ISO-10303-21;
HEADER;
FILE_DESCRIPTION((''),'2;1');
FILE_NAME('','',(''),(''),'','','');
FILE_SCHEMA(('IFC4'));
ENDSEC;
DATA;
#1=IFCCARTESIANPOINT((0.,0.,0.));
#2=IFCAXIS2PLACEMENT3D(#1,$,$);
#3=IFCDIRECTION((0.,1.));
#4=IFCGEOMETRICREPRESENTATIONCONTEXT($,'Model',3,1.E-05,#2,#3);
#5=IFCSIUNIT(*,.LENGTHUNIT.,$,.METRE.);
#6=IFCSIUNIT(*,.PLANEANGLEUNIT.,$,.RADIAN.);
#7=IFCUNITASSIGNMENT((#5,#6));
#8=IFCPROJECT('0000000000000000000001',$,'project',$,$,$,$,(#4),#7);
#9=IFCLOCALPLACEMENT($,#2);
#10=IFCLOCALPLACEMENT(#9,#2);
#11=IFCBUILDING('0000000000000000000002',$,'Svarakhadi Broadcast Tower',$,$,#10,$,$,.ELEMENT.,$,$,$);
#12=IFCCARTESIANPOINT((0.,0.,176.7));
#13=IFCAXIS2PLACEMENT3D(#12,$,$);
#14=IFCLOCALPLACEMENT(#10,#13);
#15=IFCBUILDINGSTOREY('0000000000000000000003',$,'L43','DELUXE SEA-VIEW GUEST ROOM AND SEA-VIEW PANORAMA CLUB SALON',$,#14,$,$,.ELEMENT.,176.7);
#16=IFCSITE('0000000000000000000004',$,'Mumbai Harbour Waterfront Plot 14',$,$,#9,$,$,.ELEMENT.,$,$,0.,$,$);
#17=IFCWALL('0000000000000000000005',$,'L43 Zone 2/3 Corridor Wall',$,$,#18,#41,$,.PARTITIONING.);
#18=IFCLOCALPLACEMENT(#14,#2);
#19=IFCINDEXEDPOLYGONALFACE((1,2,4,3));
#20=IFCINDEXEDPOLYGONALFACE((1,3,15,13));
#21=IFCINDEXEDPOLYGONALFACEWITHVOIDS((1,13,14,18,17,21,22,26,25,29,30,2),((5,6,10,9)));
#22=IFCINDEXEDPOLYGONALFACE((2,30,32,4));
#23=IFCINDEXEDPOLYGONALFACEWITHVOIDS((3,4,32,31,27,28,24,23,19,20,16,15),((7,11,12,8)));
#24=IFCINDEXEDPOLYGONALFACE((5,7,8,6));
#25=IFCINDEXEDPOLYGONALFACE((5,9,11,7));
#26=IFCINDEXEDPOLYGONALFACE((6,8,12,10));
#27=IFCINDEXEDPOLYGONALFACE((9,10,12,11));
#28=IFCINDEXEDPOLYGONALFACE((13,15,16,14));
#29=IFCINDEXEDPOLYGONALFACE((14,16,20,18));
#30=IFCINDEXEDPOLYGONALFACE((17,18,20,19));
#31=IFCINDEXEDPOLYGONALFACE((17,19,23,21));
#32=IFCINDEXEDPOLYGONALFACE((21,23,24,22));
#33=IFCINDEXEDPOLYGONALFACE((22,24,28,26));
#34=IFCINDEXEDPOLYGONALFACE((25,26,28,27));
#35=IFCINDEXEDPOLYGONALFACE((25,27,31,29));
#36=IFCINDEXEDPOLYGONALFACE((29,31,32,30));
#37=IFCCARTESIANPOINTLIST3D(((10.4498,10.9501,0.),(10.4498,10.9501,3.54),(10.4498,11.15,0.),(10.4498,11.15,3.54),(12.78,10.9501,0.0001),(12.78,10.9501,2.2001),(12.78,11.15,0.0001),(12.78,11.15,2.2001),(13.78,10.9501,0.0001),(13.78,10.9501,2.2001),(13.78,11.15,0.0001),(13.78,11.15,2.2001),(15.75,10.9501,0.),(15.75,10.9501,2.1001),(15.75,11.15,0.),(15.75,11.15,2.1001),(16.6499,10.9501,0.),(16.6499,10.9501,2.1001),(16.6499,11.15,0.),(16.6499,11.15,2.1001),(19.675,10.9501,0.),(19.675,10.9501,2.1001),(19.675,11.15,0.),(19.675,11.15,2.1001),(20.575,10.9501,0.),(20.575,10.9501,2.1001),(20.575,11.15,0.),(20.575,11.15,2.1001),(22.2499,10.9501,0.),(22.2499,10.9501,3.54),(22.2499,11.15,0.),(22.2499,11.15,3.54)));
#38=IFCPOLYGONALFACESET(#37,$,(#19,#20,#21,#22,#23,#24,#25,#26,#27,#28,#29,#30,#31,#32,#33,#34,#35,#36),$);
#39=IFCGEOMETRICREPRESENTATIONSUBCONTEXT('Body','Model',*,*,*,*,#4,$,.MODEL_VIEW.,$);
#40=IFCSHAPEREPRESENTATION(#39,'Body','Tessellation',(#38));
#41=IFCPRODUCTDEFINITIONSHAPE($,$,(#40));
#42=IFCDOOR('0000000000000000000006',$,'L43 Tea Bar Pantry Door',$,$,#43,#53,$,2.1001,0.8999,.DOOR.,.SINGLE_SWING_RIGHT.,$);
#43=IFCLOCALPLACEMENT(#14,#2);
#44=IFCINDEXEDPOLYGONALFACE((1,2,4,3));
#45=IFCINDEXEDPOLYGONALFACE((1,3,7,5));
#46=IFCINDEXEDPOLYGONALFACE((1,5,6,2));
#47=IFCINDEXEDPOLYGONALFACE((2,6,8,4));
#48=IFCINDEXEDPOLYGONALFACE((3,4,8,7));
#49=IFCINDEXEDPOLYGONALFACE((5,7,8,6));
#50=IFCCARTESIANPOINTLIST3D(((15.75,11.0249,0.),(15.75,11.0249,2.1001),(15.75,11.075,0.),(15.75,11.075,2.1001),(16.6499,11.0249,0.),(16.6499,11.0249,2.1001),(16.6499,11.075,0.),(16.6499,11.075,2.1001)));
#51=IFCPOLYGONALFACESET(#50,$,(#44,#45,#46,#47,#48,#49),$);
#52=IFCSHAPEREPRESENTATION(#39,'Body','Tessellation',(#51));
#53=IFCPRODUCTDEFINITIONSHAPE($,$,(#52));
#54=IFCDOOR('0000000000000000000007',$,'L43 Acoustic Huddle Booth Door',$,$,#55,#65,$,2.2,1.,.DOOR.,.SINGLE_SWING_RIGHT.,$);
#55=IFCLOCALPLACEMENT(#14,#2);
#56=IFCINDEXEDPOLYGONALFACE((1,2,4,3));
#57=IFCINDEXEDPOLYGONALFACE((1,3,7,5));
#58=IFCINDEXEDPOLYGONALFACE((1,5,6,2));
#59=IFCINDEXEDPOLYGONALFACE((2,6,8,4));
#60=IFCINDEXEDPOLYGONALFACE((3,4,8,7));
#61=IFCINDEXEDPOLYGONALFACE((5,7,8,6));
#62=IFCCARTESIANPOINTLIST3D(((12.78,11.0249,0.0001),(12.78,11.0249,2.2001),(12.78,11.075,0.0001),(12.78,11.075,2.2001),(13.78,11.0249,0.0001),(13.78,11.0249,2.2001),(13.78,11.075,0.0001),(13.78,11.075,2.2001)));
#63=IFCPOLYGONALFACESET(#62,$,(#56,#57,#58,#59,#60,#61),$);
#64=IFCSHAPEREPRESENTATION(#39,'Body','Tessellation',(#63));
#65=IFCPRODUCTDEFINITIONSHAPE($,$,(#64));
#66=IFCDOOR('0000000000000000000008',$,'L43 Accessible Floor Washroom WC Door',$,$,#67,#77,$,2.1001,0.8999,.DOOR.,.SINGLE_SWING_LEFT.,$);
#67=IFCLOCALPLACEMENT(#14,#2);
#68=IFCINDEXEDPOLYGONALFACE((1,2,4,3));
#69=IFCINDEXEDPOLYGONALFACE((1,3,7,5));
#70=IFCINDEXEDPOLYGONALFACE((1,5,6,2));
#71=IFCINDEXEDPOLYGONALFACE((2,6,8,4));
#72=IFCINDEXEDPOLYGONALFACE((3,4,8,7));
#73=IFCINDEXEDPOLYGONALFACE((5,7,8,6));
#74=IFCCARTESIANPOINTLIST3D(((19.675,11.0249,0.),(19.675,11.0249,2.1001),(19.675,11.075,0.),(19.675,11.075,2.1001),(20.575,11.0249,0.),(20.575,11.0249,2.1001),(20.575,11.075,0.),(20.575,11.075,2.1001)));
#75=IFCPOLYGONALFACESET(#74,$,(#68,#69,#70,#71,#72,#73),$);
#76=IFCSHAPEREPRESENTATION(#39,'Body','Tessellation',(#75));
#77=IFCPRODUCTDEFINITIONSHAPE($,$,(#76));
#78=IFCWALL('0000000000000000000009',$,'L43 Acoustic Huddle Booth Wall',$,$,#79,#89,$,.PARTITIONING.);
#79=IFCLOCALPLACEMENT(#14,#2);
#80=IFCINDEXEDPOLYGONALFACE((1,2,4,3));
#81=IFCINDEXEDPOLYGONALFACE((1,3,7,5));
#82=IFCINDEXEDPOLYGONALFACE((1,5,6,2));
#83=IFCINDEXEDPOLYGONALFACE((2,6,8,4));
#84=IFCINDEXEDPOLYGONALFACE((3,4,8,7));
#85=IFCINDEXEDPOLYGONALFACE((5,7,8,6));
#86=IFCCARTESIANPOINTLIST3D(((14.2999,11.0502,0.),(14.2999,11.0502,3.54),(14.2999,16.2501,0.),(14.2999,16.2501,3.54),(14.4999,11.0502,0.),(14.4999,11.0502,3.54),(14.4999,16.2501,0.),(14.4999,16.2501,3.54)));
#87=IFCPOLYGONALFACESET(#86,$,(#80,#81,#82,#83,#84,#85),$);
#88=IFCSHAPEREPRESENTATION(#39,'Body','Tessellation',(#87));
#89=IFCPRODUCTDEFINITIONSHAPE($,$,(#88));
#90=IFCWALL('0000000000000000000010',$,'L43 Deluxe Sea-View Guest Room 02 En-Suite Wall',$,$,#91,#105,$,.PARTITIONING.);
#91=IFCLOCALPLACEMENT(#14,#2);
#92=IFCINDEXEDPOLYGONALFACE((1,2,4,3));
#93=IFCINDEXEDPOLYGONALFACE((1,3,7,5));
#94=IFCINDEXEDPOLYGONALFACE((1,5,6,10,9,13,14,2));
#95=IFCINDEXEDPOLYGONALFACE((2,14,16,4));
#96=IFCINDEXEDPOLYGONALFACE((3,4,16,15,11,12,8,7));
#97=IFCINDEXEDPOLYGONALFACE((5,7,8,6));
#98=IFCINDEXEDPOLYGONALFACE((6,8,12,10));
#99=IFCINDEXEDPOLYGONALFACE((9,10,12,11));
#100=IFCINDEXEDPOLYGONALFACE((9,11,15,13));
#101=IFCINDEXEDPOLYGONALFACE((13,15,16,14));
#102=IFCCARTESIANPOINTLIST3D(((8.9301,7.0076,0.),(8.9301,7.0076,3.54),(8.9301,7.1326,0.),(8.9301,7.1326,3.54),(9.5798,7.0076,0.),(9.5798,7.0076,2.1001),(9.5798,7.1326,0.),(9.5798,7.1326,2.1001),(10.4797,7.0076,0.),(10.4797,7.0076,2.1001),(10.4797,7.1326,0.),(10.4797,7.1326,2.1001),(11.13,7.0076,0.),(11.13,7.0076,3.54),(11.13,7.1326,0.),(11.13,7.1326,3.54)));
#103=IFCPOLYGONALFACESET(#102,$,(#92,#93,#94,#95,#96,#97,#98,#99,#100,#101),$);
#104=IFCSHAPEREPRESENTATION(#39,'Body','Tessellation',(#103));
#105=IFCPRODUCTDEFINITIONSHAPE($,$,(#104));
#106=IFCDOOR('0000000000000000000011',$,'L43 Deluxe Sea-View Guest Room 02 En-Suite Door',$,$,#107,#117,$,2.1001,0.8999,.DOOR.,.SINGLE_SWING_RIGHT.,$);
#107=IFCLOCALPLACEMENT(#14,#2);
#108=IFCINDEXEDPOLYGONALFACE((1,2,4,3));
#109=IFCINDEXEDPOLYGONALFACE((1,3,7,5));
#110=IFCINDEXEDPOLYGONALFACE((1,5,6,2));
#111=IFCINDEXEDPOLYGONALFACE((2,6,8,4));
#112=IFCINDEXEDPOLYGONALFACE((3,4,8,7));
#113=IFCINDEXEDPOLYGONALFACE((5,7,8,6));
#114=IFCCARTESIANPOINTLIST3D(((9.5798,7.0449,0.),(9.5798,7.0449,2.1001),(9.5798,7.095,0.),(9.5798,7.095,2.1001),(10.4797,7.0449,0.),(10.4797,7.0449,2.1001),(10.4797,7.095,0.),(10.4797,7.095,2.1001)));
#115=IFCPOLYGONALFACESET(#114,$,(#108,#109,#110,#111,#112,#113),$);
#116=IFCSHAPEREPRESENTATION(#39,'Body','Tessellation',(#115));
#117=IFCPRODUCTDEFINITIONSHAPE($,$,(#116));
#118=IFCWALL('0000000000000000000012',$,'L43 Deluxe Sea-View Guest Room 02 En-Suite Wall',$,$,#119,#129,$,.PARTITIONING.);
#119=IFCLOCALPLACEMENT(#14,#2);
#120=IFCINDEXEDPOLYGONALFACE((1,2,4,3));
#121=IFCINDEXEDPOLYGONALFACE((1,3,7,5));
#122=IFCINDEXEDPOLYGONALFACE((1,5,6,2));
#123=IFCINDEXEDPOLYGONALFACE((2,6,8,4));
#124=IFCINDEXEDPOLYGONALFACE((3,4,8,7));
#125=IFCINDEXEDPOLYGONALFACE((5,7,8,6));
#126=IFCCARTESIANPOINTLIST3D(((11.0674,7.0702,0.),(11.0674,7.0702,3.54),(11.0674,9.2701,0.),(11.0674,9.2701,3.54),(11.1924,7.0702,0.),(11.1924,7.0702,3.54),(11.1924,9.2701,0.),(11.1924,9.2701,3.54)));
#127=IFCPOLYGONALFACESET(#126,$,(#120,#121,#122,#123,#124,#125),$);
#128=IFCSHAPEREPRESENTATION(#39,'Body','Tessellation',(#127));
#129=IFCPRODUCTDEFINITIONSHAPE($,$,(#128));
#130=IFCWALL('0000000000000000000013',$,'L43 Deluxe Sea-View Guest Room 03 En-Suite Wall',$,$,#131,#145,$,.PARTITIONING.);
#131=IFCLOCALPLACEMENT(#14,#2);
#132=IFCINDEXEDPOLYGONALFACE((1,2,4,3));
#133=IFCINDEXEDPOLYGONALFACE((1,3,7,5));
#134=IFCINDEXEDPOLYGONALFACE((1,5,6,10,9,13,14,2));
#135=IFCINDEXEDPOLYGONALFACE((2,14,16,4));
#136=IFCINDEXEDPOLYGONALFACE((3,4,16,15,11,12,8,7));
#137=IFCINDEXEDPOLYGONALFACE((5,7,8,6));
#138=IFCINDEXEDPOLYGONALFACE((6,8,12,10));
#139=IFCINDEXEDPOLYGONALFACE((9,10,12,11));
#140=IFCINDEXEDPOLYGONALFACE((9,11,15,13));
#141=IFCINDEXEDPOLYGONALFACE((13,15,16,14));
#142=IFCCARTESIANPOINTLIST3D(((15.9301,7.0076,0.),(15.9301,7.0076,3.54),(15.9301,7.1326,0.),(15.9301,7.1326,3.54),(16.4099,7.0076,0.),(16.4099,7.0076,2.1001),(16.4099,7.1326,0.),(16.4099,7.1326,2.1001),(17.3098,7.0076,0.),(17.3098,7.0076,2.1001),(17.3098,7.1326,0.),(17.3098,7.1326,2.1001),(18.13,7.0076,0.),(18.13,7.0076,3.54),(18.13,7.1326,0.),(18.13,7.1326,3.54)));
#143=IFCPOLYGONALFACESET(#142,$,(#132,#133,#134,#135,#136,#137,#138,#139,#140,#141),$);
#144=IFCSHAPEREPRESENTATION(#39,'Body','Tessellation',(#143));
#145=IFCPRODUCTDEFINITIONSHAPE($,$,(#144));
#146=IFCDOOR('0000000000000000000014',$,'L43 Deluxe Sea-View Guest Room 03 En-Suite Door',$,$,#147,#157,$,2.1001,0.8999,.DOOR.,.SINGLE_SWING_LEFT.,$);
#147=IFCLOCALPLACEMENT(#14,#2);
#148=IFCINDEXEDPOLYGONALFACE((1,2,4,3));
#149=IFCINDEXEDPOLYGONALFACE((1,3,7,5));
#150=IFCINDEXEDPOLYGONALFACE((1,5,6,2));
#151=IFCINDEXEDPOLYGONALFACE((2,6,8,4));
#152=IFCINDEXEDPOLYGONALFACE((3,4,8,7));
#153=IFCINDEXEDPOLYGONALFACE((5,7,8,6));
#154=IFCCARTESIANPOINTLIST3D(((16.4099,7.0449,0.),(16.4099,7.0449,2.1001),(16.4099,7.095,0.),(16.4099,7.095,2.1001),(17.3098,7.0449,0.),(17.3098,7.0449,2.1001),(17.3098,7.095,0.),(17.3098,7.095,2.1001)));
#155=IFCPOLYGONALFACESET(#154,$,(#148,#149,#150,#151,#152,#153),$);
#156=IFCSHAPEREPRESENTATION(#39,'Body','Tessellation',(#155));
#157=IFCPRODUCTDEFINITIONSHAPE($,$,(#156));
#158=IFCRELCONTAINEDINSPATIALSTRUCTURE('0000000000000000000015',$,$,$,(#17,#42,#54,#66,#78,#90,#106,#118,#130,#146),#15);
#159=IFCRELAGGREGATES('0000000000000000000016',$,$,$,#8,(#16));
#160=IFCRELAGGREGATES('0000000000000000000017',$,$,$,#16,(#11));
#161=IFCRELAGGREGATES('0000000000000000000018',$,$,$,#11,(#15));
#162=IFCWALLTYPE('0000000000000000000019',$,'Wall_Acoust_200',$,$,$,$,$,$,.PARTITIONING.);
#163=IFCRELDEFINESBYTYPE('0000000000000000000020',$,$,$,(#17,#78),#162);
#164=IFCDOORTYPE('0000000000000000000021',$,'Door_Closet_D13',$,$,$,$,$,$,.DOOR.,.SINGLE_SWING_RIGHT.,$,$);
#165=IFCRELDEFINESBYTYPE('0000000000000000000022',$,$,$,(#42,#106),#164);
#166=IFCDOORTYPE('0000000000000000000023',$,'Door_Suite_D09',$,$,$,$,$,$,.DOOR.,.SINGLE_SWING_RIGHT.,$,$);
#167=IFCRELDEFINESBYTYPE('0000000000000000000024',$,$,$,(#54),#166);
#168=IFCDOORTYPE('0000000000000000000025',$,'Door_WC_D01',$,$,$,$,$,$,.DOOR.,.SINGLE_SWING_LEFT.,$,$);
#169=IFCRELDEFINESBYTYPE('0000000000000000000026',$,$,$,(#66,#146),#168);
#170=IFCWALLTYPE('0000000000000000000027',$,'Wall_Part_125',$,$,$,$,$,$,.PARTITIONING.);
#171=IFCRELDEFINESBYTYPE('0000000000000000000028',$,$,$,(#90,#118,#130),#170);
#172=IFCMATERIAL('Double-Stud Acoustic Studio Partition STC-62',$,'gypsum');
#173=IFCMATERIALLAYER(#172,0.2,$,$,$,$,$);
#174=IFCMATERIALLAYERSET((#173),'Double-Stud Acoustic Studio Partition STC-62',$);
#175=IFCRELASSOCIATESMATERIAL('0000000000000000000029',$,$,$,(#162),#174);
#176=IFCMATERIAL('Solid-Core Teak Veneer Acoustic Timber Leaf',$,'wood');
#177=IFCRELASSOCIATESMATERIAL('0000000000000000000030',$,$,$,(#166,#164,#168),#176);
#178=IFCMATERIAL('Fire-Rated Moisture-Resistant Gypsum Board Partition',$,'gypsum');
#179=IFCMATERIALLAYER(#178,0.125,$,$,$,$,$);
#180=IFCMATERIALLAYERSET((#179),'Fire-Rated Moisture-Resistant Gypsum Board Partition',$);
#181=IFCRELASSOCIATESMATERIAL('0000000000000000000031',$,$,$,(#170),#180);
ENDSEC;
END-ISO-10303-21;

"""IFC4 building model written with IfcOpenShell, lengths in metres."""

from ifc_helpers import new_model, si_unit, direction, frame, frame_2d, origin, place, context, subcontext, project, spatial, rectangle, extrude, material, layer, layer_set, type_object, element, fill, save


model = new_model("IFC4")

# Units and contexts
model_context = context("Model", 3, precision=1e-05, world=origin(), true_north=direction((0.0, 1.0)))
body_context = subcontext(model_context, "Body", "Model", "MODEL_VIEW")
ifc_project = project(units=[si_unit("LENGTHUNIT", "METRE"), si_unit("PLANEANGLEUNIT", "RADIAN")], contexts=[model_context])

# Site, building, storey
site_placement = place(None, origin())
site = spatial("IfcSite", under=ifc_project, at=site_placement, Name="Mumbai Harbour Waterfront Plot 14", CompositionType="ELEMENT", RefElevation=0.0)
building_placement = place(site_placement, origin())
building = spatial("IfcBuilding", under=site, at=building_placement, Name="Svarakhadi Broadcast Tower", CompositionType="ELEMENT")
storey_placement = place(building_placement, frame((0.0, 0.0, 176.7)))
storey = spatial("IfcBuildingStorey", under=building, at=storey_placement, Name="L43", Description="DELUXE SEA-VIEW GUEST ROOM AND SEA-VIEW PANORAMA CLUB SALON", CompositionType="ELEMENT", Elevation=176.7)

# Shared definitions
ifc_material_1 = material(Name="Double-Stud Acoustic Studio Partition STC-62", Category="gypsum")
ifc_layer_1 = layer(ifc_material_1, 0.2)
ifc_layer_set_1 = layer_set([ifc_layer_1], Name="Double-Stud Acoustic Studio Partition STC-62")
wall_type_1 = type_object("IfcWallType", Name="Wall_Acoust_200", PredefinedType="PARTITIONING", material=ifc_layer_set_1)

# Shared definitions
ifc_material_2 = material(Name="Solid-Core Teak Veneer Acoustic Timber Leaf", Category="wood")
door_type_1 = type_object("IfcDoorType", Name="Door_Suite_D09", OperationType="SINGLE_SWING_RIGHT", PredefinedType="DOOR", material=ifc_material_2)

# Wall, openings, doors
wall_1_placement = place(storey_placement, frame((10.45, 11.05, 0.0), z_axis=(0.0, 0.0, 1.0), x_axis=(1.0, 0.0, 0.0)))
wall_1 = element("IfcWall", 1, at=wall_1_placement, inside=storey, type_object=wall_type_1, Name="L43 Zone 2/3 Corridor Wall", PredefinedType="PARTITIONING", context=body_context, shape_type="SweptSolid", body=[
    extrude(rectangle(XDim=11.8, YDim=0.2, at=frame_2d((5.8999, 0.0))), origin(), (0.0, 0.0, 1.0), 3.54),
])
opening_1_placement = place(wall_1_placement, frame((2.3301, 0.0, 0.0)))
opening_1 = element("IfcOpeningElement", 2, at=opening_1_placement, cuts=wall_1, PredefinedType="OPENING", context=body_context, shape_type="SweptSolid", body=[
    extrude(rectangle(XDim=1.0, YDim=2.2, at=frame_2d((0.5, 1.1001))), frame((0.0, 0.1099, 0.0), z_axis=(0.0, -1.0, 0.0), x_axis=(1.0, 0.0, 0.0)), (0.0, 0.0, 1.0), 0.22),
])
opening_2_placement = place(wall_1_placement, frame((5.3, 0.0, 0.0)))
opening_2 = element("IfcOpeningElement", 3, at=opening_2_placement, cuts=wall_1, PredefinedType="OPENING", context=body_context, shape_type="SweptSolid", body=[
    extrude(rectangle(XDim=0.8999, YDim=2.1001, at=frame_2d((0.45, 1.05))), frame((0.0, 0.1099, 0.0), z_axis=(0.0, -1.0, 0.0), x_axis=(1.0, 0.0, 0.0)), (0.0, 0.0, 1.0), 0.22),
])
opening_3_placement = place(wall_1_placement, frame((9.2251, 0.0, 0.0)))
opening_3 = element("IfcOpeningElement", 4, at=opening_3_placement, cuts=wall_1, PredefinedType="OPENING", context=body_context, shape_type="SweptSolid", body=[
    extrude(rectangle(XDim=0.8999, YDim=2.1001, at=frame_2d((0.45, 1.05))), frame((0.0, 0.1099, 0.0), z_axis=(0.0, -1.0, 0.0), x_axis=(1.0, 0.0, 0.0)), (0.0, 0.0, 1.0), 0.22),
])
door_type_2 = type_object("IfcDoorType", Name="Door_Closet_D13", OperationType="SINGLE_SWING_RIGHT", PredefinedType="DOOR", material=ifc_material_2)
door_1_placement = place(opening_2_placement, origin())
door_1 = element("IfcDoor", 5, at=door_1_placement, inside=storey, type_object=door_type_2, Name="L43 Tea Bar Pantry Door", OperationType="SINGLE_SWING_RIGHT", OverallHeight=2.1001, OverallWidth=0.8999, PredefinedType="DOOR", context=body_context, shape_type="SweptSolid", body=[
    extrude(rectangle(XDim=0.8999, YDim=2.1001, at=frame_2d((0.45, 1.05))), frame((0.0, 0.0249, 0.0), z_axis=(0.0, -1.0, 0.0), x_axis=(1.0, 0.0, 0.0)), (0.0, 0.0, 1.0), 0.05),
])
fill(opening_2, door_1)
door_2_placement = place(opening_1_placement, origin())
door_2 = element("IfcDoor", 6, at=door_2_placement, inside=storey, type_object=door_type_1, Name="L43 Acoustic Huddle Booth Door", OperationType="SINGLE_SWING_RIGHT", OverallHeight=2.2, OverallWidth=1.0, PredefinedType="DOOR", context=body_context, shape_type="SweptSolid", body=[
    extrude(rectangle(XDim=1.0, YDim=2.2, at=frame_2d((0.5, 1.1001))), frame((0.0, 0.0249, 0.0), z_axis=(0.0, -1.0, 0.0), x_axis=(1.0, 0.0, 0.0)), (0.0, 0.0, 1.0), 0.05),
])
fill(opening_1, door_2)
door_type_3 = type_object("IfcDoorType", Name="Door_WC_D01", OperationType="SINGLE_SWING_LEFT", PredefinedType="DOOR", material=ifc_material_2)
door_3_placement = place(opening_3_placement, origin())
door_3 = element("IfcDoor", 7, at=door_3_placement, inside=storey, type_object=door_type_3, Name="L43 Accessible Floor Washroom WC Door", OperationType="SINGLE_SWING_LEFT", OverallHeight=2.1001, OverallWidth=0.8999, PredefinedType="DOOR", context=body_context, shape_type="SweptSolid", body=[
    extrude(rectangle(XDim=0.8999, YDim=2.1001, at=frame_2d((0.45, 1.05))), frame((0.0, 0.0249, 0.0), z_axis=(0.0, -1.0, 0.0), x_axis=(1.0, 0.0, 0.0)), (0.0, 0.0, 1.0), 0.05),
])
fill(opening_3, door_3)

# Wall
wall_2_placement = place(storey_placement, frame((14.3999, 11.05, 0.0), z_axis=(0.0, 0.0, 1.0), x_axis=(0.0, 1.0, 0.0)))
element("IfcWall", 8, at=wall_2_placement, inside=storey, type_object=wall_type_1, Name="L43 Acoustic Huddle Booth Wall", PredefinedType="PARTITIONING", context=body_context, shape_type="SweptSolid", body=[
    extrude(rectangle(XDim=5.2, YDim=0.2, at=frame_2d((2.6001, 0.0))), origin(), (0.0, 0.0, 1.0), 3.54),
])

# Wall, opening, door
ifc_material_3 = material(Name="Fire-Rated Moisture-Resistant Gypsum Board Partition", Category="gypsum")
ifc_layer_2 = layer(ifc_material_3, 0.125)
ifc_layer_set_2 = layer_set([ifc_layer_2], Name="Fire-Rated Moisture-Resistant Gypsum Board Partition")
wall_type_2 = type_object("IfcWallType", Name="Wall_Part_125", PredefinedType="PARTITIONING", material=ifc_layer_set_2)
wall_3_placement = place(storey_placement, frame((8.9299, 7.0701, 0.0), z_axis=(0.0, 0.0, 1.0), x_axis=(1.0, 0.0, 0.0)))
wall_3 = element("IfcWall", 9, at=wall_3_placement, inside=storey, type_object=wall_type_2, Name="L43 Deluxe Sea-View Guest Room 02 En-Suite Wall", PredefinedType="PARTITIONING", context=body_context, shape_type="SweptSolid", body=[
    extrude(rectangle(XDim=2.2, YDim=0.125, at=frame_2d((1.1001, 0.0))), origin(), (0.0, 0.0, 1.0), 3.54),
])
opening_4_placement = place(wall_3_placement, frame((0.6499, 0.0, 0.0)))
opening_4 = element("IfcOpeningElement", 10, at=opening_4_placement, cuts=wall_3, PredefinedType="OPENING", context=body_context, shape_type="SweptSolid", body=[
    extrude(rectangle(XDim=0.8999, YDim=2.1001, at=frame_2d((0.45, 1.05))), frame((0.0, 0.0725, 0.0), z_axis=(0.0, -1.0, 0.0), x_axis=(1.0, 0.0, 0.0)), (0.0, 0.0, 1.0), 0.145),
])
door_4_placement = place(opening_4_placement, origin())
door_4 = element("IfcDoor", 11, at=door_4_placement, inside=storey, type_object=door_type_2, Name="L43 Deluxe Sea-View Guest Room 02 En-Suite Door", OperationType="SINGLE_SWING_RIGHT", OverallHeight=2.1001, OverallWidth=0.8999, PredefinedType="DOOR", context=body_context, shape_type="SweptSolid", body=[
    extrude(rectangle(XDim=0.8999, YDim=2.1001, at=frame_2d((0.45, 1.05))), frame((0.0, 0.0249, 0.0), z_axis=(0.0, -1.0, 0.0), x_axis=(1.0, 0.0, 0.0)), (0.0, 0.0, 1.0), 0.05),
])
fill(opening_4, door_4)

# Wall
wall_4_placement = place(storey_placement, frame((11.1299, 7.0701, 0.0), z_axis=(0.0, 0.0, 1.0), x_axis=(0.0, 1.0, 0.0)))
element("IfcWall", 12, at=wall_4_placement, inside=storey, type_object=wall_type_2, Name="L43 Deluxe Sea-View Guest Room 02 En-Suite Wall", PredefinedType="PARTITIONING", context=body_context, shape_type="SweptSolid", body=[
    extrude(rectangle(XDim=2.2, YDim=0.125, at=frame_2d((1.1001, 0.0))), origin(), (0.0, 0.0, 1.0), 3.54),
])

# Wall, opening, door
wall_5_placement = place(storey_placement, frame((15.9299, 7.0701, 0.0), z_axis=(0.0, 0.0, 1.0), x_axis=(1.0, 0.0, 0.0)))
wall_5 = element("IfcWall", 13, at=wall_5_placement, inside=storey, type_object=wall_type_2, Name="L43 Deluxe Sea-View Guest Room 03 En-Suite Wall", PredefinedType="PARTITIONING", context=body_context, shape_type="SweptSolid", body=[
    extrude(rectangle(XDim=2.2, YDim=0.125, at=frame_2d((1.1001, 0.0))), origin(), (0.0, 0.0, 1.0), 3.54),
])
opening_5_placement = place(wall_5_placement, frame((0.48, 0.0, 0.0)))
opening_5 = element("IfcOpeningElement", 14, at=opening_5_placement, cuts=wall_5, PredefinedType="OPENING", context=body_context, shape_type="SweptSolid", body=[
    extrude(rectangle(XDim=0.8999, YDim=2.1001, at=frame_2d((0.45, 1.05))), frame((0.0, 0.0725, 0.0), z_axis=(0.0, -1.0, 0.0), x_axis=(1.0, 0.0, 0.0)), (0.0, 0.0, 1.0), 0.145),
])
door_5_placement = place(opening_5_placement, origin())
door_5 = element("IfcDoor", 15, at=door_5_placement, inside=storey, type_object=door_type_3, Name="L43 Deluxe Sea-View Guest Room 03 En-Suite Door", OperationType="SINGLE_SWING_LEFT", OverallHeight=2.1001, OverallWidth=0.8999, PredefinedType="DOOR", context=body_context, shape_type="SweptSolid", body=[
    extrude(rectangle(XDim=0.8999, YDim=2.1001, at=frame_2d((0.45, 1.05))), frame((0.0, 0.0249, 0.0), z_axis=(0.0, -1.0, 0.0), x_axis=(1.0, 0.0, 0.0)), (0.0, 0.0, 1.0), 0.05),
])
fill(opening_5, door_5)

save(model, "model.ifc")
